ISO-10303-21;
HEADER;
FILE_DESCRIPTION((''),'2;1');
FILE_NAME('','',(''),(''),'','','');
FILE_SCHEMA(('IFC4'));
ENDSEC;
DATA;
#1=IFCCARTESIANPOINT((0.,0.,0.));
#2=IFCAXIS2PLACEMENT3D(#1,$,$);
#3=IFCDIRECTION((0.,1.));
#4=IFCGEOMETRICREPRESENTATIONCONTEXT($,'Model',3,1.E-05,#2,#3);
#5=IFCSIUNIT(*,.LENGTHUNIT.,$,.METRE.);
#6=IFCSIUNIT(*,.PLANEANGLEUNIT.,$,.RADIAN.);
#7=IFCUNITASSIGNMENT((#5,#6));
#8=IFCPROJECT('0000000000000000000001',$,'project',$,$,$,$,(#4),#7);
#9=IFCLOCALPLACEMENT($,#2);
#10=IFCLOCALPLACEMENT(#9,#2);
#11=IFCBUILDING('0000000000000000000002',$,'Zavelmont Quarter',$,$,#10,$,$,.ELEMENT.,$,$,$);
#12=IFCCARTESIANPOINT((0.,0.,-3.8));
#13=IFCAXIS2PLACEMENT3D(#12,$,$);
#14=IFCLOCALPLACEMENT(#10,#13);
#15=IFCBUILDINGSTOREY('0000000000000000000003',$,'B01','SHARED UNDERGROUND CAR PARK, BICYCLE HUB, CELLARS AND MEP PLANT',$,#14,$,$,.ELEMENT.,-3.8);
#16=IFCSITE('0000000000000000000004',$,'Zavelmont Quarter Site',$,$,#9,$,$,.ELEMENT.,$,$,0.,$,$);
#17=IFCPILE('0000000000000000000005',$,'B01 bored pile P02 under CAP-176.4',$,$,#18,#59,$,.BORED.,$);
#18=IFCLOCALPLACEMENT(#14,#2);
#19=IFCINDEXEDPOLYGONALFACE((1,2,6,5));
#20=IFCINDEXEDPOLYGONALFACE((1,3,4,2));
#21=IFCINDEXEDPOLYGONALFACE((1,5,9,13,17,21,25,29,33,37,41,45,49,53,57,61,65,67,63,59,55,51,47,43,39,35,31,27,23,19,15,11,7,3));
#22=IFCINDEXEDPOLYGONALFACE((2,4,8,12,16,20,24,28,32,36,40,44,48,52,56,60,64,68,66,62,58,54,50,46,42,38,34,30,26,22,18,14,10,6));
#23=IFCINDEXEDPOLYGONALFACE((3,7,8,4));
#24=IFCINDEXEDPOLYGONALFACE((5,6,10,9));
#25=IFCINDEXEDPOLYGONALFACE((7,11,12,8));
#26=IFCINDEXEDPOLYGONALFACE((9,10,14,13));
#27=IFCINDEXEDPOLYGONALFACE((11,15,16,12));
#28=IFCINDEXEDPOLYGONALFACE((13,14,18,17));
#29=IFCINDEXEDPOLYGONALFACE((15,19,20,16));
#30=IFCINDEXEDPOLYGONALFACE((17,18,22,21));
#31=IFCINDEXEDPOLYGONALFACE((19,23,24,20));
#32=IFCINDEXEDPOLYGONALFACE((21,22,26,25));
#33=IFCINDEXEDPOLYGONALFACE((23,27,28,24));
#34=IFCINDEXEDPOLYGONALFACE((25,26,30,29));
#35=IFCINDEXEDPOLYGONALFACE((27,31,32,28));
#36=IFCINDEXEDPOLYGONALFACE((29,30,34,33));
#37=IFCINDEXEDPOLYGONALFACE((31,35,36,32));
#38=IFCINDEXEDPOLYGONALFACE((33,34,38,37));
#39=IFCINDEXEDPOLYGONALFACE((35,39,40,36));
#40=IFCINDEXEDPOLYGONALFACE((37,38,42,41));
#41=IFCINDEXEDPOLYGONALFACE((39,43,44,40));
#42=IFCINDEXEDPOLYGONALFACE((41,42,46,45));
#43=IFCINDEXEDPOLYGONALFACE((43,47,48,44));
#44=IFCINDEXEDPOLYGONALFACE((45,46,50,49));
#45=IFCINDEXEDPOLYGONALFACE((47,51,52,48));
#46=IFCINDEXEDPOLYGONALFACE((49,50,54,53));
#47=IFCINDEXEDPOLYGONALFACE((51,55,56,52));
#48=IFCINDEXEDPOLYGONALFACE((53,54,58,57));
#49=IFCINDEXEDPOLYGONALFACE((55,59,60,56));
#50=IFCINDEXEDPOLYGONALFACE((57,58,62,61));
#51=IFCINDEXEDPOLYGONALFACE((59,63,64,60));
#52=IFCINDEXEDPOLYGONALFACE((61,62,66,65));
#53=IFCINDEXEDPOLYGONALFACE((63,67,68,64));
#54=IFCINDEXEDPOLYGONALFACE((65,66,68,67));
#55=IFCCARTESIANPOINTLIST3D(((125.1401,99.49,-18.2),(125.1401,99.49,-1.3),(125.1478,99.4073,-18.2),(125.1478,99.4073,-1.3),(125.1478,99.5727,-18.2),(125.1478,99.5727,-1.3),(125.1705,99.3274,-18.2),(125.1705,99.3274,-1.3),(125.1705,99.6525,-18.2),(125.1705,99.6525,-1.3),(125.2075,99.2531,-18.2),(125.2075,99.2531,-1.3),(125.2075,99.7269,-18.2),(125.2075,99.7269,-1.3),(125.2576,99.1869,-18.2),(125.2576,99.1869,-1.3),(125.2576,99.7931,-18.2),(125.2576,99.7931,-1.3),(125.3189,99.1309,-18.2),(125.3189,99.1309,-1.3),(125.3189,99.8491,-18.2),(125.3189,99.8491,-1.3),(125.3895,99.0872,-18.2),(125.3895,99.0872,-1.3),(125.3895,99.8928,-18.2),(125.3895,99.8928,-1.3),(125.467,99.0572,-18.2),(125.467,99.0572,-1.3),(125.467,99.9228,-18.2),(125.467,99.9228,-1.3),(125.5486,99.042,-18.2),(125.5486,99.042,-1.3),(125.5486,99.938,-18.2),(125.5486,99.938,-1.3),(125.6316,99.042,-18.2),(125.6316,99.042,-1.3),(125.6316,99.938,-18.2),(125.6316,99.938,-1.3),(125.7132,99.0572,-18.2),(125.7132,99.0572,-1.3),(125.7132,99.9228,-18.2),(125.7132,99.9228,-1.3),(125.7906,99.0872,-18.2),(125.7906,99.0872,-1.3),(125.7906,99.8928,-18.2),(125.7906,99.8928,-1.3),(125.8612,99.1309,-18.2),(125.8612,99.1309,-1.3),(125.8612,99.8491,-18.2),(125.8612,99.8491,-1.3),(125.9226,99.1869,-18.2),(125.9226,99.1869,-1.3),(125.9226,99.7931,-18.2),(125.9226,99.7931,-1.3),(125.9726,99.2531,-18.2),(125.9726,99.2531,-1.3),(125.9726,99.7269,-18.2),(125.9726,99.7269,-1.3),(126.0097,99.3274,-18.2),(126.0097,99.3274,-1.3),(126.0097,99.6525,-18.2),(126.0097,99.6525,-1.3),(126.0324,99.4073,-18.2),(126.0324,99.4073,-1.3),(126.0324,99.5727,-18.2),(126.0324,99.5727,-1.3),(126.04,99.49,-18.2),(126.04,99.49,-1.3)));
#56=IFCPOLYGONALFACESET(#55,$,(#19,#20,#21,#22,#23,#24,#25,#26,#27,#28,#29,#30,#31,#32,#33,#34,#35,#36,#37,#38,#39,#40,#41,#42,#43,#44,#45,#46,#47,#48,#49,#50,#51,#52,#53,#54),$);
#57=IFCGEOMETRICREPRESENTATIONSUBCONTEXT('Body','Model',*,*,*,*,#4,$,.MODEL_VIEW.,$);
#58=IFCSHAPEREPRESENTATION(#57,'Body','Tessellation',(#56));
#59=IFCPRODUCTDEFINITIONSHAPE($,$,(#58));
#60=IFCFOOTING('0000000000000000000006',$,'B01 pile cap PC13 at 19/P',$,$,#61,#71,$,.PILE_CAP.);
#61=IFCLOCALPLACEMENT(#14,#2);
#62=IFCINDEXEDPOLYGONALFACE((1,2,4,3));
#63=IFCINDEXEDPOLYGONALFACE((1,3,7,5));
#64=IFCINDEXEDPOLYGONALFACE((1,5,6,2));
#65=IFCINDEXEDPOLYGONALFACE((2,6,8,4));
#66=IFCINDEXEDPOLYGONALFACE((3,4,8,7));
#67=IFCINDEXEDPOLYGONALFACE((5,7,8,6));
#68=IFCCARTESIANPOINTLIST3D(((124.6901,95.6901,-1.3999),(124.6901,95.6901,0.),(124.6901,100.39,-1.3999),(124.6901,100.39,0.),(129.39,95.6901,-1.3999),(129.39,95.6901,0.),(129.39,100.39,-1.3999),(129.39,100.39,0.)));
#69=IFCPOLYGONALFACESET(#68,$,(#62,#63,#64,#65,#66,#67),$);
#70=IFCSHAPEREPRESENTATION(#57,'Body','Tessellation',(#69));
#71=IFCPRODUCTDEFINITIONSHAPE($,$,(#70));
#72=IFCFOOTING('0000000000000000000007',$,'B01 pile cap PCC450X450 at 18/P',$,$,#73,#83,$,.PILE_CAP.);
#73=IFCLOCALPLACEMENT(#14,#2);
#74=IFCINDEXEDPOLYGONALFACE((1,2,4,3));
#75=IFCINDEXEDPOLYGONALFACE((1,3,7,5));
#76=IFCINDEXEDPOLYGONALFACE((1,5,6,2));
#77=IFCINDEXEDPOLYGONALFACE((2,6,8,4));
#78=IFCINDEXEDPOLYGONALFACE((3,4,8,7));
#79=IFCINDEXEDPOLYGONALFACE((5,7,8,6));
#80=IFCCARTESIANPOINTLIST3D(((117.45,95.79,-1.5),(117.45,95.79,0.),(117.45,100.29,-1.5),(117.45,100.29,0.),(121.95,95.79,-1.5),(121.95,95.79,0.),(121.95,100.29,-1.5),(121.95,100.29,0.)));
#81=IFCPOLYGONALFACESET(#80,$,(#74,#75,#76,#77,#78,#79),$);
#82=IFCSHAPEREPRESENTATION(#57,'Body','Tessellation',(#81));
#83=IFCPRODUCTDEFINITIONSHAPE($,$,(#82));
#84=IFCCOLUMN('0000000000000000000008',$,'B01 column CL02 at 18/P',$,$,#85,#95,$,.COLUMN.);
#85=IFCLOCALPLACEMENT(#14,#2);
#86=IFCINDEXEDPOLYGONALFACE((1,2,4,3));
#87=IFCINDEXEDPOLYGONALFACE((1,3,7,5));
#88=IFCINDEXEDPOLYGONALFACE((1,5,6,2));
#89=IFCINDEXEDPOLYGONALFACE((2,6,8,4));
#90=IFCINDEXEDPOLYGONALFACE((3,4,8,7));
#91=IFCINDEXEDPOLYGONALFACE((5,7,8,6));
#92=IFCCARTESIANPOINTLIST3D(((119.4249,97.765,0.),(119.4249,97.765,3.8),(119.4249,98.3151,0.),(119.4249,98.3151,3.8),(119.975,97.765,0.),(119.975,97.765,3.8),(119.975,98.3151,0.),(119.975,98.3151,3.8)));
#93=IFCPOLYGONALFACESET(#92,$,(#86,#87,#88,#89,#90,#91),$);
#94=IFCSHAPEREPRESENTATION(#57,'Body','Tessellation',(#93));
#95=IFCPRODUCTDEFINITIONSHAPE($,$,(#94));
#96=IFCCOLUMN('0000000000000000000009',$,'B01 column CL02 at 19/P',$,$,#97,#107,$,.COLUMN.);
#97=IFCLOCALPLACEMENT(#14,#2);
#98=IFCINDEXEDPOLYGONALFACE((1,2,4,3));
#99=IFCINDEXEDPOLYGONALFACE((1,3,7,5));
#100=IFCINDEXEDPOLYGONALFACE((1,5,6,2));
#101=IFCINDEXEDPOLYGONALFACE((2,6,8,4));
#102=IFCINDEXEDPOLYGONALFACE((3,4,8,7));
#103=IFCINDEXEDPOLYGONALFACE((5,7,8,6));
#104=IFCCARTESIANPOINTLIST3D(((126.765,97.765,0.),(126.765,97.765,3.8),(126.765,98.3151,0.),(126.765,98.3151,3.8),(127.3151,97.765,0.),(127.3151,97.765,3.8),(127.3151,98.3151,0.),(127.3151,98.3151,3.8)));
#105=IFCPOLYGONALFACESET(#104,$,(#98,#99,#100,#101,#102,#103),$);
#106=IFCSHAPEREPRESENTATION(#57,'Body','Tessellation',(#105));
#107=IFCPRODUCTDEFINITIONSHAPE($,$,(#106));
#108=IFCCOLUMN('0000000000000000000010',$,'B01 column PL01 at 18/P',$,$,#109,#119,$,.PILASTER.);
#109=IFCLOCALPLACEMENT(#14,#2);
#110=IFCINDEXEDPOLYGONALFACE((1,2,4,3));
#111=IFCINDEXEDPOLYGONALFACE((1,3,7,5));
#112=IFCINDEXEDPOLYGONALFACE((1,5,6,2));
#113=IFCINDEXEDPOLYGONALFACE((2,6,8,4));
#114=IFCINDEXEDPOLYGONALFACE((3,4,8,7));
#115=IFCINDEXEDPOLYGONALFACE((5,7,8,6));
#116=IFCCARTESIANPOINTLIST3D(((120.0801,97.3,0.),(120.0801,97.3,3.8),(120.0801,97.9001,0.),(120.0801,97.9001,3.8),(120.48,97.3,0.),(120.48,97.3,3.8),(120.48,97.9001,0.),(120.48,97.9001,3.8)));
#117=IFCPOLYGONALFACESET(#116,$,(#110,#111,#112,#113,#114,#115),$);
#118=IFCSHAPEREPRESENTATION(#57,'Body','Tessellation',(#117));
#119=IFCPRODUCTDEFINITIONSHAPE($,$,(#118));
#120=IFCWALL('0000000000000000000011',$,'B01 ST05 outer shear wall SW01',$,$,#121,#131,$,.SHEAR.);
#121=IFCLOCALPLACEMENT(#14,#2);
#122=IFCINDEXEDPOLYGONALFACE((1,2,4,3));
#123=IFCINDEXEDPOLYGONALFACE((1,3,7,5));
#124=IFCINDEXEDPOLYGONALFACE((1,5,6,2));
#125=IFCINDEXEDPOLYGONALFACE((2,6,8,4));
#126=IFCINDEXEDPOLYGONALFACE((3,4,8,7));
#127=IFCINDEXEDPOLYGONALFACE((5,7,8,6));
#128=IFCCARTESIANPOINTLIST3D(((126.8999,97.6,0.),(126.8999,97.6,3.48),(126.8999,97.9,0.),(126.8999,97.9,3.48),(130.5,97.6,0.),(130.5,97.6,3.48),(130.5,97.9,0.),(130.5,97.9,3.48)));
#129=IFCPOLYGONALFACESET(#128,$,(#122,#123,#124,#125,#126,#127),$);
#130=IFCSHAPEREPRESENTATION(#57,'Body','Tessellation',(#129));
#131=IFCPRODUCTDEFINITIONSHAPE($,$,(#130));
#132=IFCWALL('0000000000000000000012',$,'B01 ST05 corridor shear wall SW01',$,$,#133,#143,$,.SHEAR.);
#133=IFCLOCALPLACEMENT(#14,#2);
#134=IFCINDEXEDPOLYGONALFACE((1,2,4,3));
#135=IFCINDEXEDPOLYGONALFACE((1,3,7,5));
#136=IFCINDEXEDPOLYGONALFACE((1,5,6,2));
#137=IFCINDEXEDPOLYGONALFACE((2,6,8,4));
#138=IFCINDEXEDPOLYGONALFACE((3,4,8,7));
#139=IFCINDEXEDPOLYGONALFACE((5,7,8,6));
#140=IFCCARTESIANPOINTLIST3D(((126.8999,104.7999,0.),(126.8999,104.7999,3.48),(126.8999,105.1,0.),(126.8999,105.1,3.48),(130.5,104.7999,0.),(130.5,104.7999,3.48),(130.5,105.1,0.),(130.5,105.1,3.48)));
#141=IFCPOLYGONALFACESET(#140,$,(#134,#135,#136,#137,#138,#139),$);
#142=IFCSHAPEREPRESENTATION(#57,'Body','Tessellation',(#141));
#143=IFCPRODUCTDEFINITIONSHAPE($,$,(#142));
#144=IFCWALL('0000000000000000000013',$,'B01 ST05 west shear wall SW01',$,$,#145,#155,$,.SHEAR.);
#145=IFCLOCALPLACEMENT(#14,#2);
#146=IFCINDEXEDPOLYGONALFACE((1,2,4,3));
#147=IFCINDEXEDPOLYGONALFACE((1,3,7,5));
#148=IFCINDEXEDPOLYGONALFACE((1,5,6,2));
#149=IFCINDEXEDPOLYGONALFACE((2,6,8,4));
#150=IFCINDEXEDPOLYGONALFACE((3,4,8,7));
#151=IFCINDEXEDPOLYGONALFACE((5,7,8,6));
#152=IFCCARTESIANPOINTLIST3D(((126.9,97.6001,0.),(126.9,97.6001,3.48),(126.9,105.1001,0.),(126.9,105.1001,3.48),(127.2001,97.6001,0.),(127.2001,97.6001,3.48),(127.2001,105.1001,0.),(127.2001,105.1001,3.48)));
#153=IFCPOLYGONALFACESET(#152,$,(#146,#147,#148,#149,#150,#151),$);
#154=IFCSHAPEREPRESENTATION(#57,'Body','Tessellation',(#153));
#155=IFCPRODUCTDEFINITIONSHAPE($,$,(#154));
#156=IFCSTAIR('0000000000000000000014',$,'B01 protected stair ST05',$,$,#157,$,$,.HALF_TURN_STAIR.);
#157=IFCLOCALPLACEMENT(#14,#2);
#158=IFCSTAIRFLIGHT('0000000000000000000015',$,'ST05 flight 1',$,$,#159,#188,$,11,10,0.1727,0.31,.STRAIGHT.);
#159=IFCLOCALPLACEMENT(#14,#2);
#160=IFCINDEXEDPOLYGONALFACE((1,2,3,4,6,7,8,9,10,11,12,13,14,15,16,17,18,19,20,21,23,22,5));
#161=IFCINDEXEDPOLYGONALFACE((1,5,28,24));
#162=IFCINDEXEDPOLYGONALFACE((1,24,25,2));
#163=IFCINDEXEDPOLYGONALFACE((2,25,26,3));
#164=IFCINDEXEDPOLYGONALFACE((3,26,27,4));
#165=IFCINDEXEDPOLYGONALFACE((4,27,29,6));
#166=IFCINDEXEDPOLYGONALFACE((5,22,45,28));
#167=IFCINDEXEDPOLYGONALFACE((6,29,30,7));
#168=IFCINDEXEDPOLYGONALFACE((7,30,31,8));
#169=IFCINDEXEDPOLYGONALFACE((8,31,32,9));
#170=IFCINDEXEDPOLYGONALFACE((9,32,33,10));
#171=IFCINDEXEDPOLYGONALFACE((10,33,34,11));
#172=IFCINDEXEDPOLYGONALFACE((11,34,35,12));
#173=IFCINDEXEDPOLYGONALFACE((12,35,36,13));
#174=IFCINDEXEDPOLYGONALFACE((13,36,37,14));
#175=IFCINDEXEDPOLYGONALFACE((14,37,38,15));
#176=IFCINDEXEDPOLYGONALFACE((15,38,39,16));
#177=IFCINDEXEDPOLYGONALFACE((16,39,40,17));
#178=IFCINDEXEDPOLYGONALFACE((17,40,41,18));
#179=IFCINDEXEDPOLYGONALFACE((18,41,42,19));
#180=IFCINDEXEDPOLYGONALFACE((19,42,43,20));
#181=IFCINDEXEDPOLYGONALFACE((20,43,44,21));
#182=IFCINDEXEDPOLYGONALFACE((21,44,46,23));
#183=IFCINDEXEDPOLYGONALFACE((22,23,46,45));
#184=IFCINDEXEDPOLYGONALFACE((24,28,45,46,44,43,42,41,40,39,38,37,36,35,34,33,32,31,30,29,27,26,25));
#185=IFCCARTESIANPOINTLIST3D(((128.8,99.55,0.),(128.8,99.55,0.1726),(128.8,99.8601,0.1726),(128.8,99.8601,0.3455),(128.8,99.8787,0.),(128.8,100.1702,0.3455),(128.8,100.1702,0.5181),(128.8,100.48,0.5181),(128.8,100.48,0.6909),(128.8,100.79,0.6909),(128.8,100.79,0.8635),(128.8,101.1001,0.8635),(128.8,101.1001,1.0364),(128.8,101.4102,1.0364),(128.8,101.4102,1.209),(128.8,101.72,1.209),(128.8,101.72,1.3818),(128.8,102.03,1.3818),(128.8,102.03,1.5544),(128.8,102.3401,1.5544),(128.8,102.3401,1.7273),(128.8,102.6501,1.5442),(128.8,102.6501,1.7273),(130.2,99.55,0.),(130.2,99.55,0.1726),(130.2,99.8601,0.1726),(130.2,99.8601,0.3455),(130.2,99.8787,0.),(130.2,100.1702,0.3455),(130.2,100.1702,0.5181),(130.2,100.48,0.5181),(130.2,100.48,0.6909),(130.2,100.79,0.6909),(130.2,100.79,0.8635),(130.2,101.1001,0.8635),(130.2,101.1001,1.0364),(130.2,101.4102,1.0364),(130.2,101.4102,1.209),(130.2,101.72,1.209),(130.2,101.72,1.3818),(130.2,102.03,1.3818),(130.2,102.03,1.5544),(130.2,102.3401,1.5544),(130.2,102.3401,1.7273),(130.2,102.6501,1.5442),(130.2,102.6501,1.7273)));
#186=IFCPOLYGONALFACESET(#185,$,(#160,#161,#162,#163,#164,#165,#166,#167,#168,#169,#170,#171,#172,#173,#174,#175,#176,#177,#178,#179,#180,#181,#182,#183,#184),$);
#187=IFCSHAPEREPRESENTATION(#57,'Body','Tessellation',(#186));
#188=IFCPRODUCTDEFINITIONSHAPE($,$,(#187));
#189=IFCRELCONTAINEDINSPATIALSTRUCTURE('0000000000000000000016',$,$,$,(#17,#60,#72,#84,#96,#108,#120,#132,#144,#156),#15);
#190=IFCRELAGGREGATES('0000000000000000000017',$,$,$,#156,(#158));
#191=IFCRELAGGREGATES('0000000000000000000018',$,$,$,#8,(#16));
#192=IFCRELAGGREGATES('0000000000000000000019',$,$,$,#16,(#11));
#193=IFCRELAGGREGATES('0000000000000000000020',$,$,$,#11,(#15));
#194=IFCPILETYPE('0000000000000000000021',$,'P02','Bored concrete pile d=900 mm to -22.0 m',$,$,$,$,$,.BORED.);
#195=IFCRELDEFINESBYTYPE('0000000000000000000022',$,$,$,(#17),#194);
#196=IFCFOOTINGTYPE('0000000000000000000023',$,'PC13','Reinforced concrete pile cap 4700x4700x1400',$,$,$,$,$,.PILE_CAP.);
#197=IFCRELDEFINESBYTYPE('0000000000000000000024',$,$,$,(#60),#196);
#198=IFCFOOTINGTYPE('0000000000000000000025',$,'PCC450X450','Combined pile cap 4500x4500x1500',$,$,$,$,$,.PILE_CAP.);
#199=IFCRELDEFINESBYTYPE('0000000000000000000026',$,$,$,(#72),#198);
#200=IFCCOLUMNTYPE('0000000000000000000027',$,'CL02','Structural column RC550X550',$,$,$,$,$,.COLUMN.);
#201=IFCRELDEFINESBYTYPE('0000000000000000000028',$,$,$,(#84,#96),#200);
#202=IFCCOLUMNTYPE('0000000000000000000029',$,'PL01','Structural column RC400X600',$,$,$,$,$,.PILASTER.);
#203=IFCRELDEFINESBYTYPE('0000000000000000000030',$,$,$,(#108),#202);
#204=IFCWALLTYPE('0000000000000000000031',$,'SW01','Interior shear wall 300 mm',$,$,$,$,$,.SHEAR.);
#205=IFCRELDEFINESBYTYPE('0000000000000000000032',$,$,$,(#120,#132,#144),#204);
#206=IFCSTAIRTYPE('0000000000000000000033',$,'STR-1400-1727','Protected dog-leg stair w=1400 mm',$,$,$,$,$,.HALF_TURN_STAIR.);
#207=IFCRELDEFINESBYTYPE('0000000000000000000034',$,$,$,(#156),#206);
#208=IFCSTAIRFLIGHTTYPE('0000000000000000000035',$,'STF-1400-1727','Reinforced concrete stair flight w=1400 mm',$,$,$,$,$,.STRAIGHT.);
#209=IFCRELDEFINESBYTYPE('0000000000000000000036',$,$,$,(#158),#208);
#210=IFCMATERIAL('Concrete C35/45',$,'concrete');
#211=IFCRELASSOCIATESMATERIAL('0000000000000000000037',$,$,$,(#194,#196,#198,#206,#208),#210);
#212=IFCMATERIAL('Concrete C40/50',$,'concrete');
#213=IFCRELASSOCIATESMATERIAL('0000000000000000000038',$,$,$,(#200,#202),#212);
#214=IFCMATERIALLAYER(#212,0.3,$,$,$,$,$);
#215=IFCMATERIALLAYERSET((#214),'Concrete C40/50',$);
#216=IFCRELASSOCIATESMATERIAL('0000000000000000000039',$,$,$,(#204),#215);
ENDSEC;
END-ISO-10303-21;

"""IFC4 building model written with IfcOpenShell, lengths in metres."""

from ifc_helpers import new_model, si_unit, direction, frame, frame_2d, origin, origin_2d, place, context, subcontext, project, spatial, polyline, rectangle, circle, outline, extrude, material, layer, layer_set, material_profile, profile_set, type_object, element, aggregate, save


model = new_model("IFC4")

# Units and contexts
model_context = context("Model", 3, precision=1e-05, world=origin(), true_north=direction((0.0, 1.0)))
body_context = subcontext(model_context, "Body", "Model", "MODEL_VIEW")
ifc_project = project(units=[si_unit("LENGTHUNIT", "METRE"), si_unit("PLANEANGLEUNIT", "RADIAN")], contexts=[model_context])

# Site, building, storey
site_placement = place(None, origin())
site = spatial("IfcSite", under=ifc_project, at=site_placement, Name="Zavelmont Quarter Site", CompositionType="ELEMENT", RefElevation=0.0)
building_placement = place(site_placement, origin())
building = spatial("IfcBuilding", under=site, at=building_placement, Name="Zavelmont Quarter", CompositionType="ELEMENT")
storey_placement = place(building_placement, frame((0.0, 0.0, -3.8)))
storey = spatial("IfcBuildingStorey", under=building, at=storey_placement, Name="B01", Description="SHARED UNDERGROUND CAR PARK, BICYCLE HUB, CELLARS AND MEP PLANT", CompositionType="ELEMENT", Elevation=-3.8)

# Shared definitions
ifc_material_1 = material(Name="Concrete C35/45", Category="concrete")

# Pile
ifc_material_profile_1 = material_profile(ifc_material_1, circle(Radius=0.45, at=origin_2d()), Name="BP900")
ifc_profile_set_1 = profile_set([ifc_material_profile_1], Name="Concrete C35/45")
pile_type_1 = type_object("IfcPileType", Name="P02", Description="Bored concrete pile d=900 mm to -22.0 m", PredefinedType="BORED", material=ifc_profile_set_1)
for number, where, z_axis, x_axis, name in (
    (1, (125.5901, 99.49, -1.3), (0.0, 0.0, -1.0), (1.0, 0.0, 0.0), "B01 bored pile P02 under CAP-176.4"),
):
    element("IfcPile", number, at=place(storey_placement, frame(where, z_axis=z_axis, x_axis=x_axis)), inside=storey, type_object=pile_type_1, Name=name, PredefinedType="BORED", context=body_context, shape_type="SweptSolid", body=[
        extrude(circle(Radius=0.45, at=origin_2d()), origin(), (0.0, 0.0, 1.0), 16.8999),
    ])

# Footings
footing_type_1 = type_object("IfcFootingType", Name="PC13", Description="Reinforced concrete pile cap 4700x4700x1400", PredefinedType="PILE_CAP", material=ifc_material_1)
footing_1_placement = place(storey_placement, frame((127.04, 98.04, -1.3999), z_axis=(0.0, 0.0, 1.0), x_axis=(1.0, 0.0, 0.0)))
element("IfcFooting", 2, at=footing_1_placement, inside=storey, type_object=footing_type_1, Name="B01 pile cap PC13 at 19/P", PredefinedType="PILE_CAP", context=body_context, shape_type="SweptSolid", body=[
    extrude(rectangle(XDim=4.7, YDim=4.7, at=origin_2d()), origin(), (0.0, 0.0, 1.0), 1.3999),
])
footing_type_2 = type_object("IfcFootingType", Name="PCC450X450", Description="Combined pile cap 4500x4500x1500", PredefinedType="PILE_CAP", material=ifc_material_1)
footing_2_placement = place(storey_placement, frame((119.7, 98.04, -1.5), z_axis=(0.0, 0.0, 1.0), x_axis=(1.0, 0.0, 0.0)))
element("IfcFooting", 3, at=footing_2_placement, inside=storey, type_object=footing_type_2, Name="B01 pile cap PCC450X450 at 18/P", PredefinedType="PILE_CAP", context=body_context, shape_type="SweptSolid", body=[
    extrude(rectangle(XDim=4.5, YDim=4.5, at=origin_2d()), origin(), (0.0, 0.0, 1.0), 1.5),
])

# Columns
ifc_material_2 = material(Name="Concrete C40/50", Category="concrete")
ifc_material_profile_2 = material_profile(ifc_material_2, rectangle(XDim=0.55, YDim=0.55, at=origin_2d()), Name="RC550X550")
ifc_profile_set_2 = profile_set([ifc_material_profile_2], Name="Concrete C40/50")
column_type_1 = type_object("IfcColumnType", Name="CL02", Description="Structural column RC550X550", PredefinedType="COLUMN", material=ifc_profile_set_2)
for number, where, z_axis, x_axis, name in (
    (4, (119.7, 98.04, 0.0), (0.0, 0.0, 1.0), (1.0, 0.0, 0.0), "B01 column CL02 at 18/P"),
    (5, (127.04, 98.04, 0.0), (0.0, 0.0, 1.0), (1.0, 0.0, 0.0), "B01 column CL02 at 19/P"),
):
    element("IfcColumn", number, at=place(storey_placement, frame(where, z_axis=z_axis, x_axis=x_axis)), inside=storey, type_object=column_type_1, Name=name, PredefinedType="COLUMN", context=body_context, shape_type="SweptSolid", body=[
        extrude(rectangle(XDim=0.55, YDim=0.55, at=origin_2d()), origin(), (0.0, 0.0, 1.0), 3.8),
    ])
ifc_material_profile_3 = material_profile(ifc_material_2, rectangle(XDim=0.3999, YDim=0.6001, at=origin_2d()), Name="RC400X600")
ifc_profile_set_3 = profile_set([ifc_material_profile_3], Name="Concrete C40/50")
column_type_2 = type_object("IfcColumnType", Name="PL01", Description="Structural column RC400X600", PredefinedType="PILASTER", material=ifc_profile_set_3)
column_placement = place(storey_placement, frame((120.28, 97.6001, 0.0), z_axis=(0.0, 0.0, 1.0), x_axis=(1.0, 0.0, 0.0)))
element("IfcColumn", 6, at=column_placement, inside=storey, type_object=column_type_2, Name="B01 column PL01 at 18/P", PredefinedType="PILASTER", context=body_context, shape_type="SweptSolid", body=[
    extrude(rectangle(XDim=0.3999, YDim=0.6001, at=origin_2d()), origin(), (0.0, 0.0, 1.0), 3.8),
])

# Walls
ifc_layer_1 = layer(ifc_material_2, 0.3)
ifc_layer_set_1 = layer_set([ifc_layer_1], Name="Concrete C40/50")
wall_type_1 = type_object("IfcWallType", Name="SW01", Description="Interior shear wall 300 mm", PredefinedType="SHEAR", material=ifc_layer_set_1)
for number, where, z_axis, x_axis, name in (
    (7, (126.8999, 97.75, 0.0), (0.0, 0.0, 1.0), (1.0, 0.0, 0.0), "B01 ST05 outer shear wall SW01"),
    (8, (126.8999, 104.95, 0.0), (0.0, 0.0, 1.0), (1.0, 0.0, 0.0), "B01 ST05 corridor shear wall SW01"),
):
    element("IfcWall", number, at=place(storey_placement, frame(where, z_axis=z_axis, x_axis=x_axis)), inside=storey, type_object=wall_type_1, Name=name, PredefinedType="SHEAR", context=body_context, shape_type="SweptSolid", body=[
        extrude(rectangle(XDim=3.6001, YDim=0.3, at=frame_2d((1.8, 0.0))), origin(), (0.0, 0.0, 1.0), 3.48),
    ])
wall_1_placement = place(storey_placement, frame((127.05, 97.6001, 0.0), z_axis=(0.0, 0.0, 1.0), x_axis=(0.0, 1.0, 0.0)))
element("IfcWall", 9, at=wall_1_placement, inside=storey, type_object=wall_type_1, Name="B01 ST05 west shear wall SW01", PredefinedType="SHEAR", context=body_context, shape_type="SweptSolid", body=[
    extrude(rectangle(XDim=7.5, YDim=0.3, at=frame_2d((3.75, 0.0))), origin(), (0.0, 0.0, 1.0), 3.48),
])

# Stair, stair flight
stair_type = type_object("IfcStairType", Name="STR-1400-1727", Description="Protected dog-leg stair w=1400 mm", PredefinedType="HALF_TURN_STAIR", material=ifc_material_1)
stair_placement = place(storey_placement, origin())
stair = element("IfcStair", 10, at=stair_placement, inside=storey, type_object=stair_type, Name="B01 protected stair ST05", PredefinedType="HALF_TURN_STAIR")
stair_flight_type = type_object("IfcStairFlightType", Name="STF-1400-1727", Description="Reinforced concrete stair flight w=1400 mm", PredefinedType="STRAIGHT", material=ifc_material_1)
stair_flight_1_placement = place(storey_placement, frame((129.5, 99.55, 0.0), z_axis=(0.0, 0.0, 1.0), x_axis=(0.0, 1.0, 0.0)))
stair_flight_1 = element("IfcStairFlight", 11, at=stair_flight_1_placement, type_object=stair_flight_type, Name="ST05 flight 1", NumberOfRisers=11, NumberOfTreads=10, PredefinedType="STRAIGHT", RiserHeight=0.1727, TreadLength=0.31, context=body_context, shape_type="SweptSolid", body=[
    extrude(outline(polyline([(0.0, 0.0), (0.0, 0.1726), (0.3101, 0.1726), (0.3101, 0.3455), (0.6201, 0.3455), (0.6201, 0.5181), (0.9299, 0.5181), (0.9299, 0.6909), (1.24, 0.6909), (1.24, 0.8635), (1.55, 0.8635), (1.55, 1.0364), (1.8601, 1.0364), (1.8601, 1.209), (2.1699, 1.209), (2.1699, 1.3818), (2.48, 1.3818), (2.48, 1.5544), (2.79, 1.5544), (2.79, 1.7273), (3.1001, 1.7273), (3.1001, 1.8999), (3.1001, 1.5442), (0.3286, 0.0), (0.0, 0.0)])), frame((0.0, 0.7, 0.0), z_axis=(0.0, -1.0, 0.0), x_axis=(1.0, 0.0, 0.0)), (0.0, 0.0, 1.0), 1.3999),
])
aggregate(stair, [stair_flight_1])

save(model, "model.ifc")
